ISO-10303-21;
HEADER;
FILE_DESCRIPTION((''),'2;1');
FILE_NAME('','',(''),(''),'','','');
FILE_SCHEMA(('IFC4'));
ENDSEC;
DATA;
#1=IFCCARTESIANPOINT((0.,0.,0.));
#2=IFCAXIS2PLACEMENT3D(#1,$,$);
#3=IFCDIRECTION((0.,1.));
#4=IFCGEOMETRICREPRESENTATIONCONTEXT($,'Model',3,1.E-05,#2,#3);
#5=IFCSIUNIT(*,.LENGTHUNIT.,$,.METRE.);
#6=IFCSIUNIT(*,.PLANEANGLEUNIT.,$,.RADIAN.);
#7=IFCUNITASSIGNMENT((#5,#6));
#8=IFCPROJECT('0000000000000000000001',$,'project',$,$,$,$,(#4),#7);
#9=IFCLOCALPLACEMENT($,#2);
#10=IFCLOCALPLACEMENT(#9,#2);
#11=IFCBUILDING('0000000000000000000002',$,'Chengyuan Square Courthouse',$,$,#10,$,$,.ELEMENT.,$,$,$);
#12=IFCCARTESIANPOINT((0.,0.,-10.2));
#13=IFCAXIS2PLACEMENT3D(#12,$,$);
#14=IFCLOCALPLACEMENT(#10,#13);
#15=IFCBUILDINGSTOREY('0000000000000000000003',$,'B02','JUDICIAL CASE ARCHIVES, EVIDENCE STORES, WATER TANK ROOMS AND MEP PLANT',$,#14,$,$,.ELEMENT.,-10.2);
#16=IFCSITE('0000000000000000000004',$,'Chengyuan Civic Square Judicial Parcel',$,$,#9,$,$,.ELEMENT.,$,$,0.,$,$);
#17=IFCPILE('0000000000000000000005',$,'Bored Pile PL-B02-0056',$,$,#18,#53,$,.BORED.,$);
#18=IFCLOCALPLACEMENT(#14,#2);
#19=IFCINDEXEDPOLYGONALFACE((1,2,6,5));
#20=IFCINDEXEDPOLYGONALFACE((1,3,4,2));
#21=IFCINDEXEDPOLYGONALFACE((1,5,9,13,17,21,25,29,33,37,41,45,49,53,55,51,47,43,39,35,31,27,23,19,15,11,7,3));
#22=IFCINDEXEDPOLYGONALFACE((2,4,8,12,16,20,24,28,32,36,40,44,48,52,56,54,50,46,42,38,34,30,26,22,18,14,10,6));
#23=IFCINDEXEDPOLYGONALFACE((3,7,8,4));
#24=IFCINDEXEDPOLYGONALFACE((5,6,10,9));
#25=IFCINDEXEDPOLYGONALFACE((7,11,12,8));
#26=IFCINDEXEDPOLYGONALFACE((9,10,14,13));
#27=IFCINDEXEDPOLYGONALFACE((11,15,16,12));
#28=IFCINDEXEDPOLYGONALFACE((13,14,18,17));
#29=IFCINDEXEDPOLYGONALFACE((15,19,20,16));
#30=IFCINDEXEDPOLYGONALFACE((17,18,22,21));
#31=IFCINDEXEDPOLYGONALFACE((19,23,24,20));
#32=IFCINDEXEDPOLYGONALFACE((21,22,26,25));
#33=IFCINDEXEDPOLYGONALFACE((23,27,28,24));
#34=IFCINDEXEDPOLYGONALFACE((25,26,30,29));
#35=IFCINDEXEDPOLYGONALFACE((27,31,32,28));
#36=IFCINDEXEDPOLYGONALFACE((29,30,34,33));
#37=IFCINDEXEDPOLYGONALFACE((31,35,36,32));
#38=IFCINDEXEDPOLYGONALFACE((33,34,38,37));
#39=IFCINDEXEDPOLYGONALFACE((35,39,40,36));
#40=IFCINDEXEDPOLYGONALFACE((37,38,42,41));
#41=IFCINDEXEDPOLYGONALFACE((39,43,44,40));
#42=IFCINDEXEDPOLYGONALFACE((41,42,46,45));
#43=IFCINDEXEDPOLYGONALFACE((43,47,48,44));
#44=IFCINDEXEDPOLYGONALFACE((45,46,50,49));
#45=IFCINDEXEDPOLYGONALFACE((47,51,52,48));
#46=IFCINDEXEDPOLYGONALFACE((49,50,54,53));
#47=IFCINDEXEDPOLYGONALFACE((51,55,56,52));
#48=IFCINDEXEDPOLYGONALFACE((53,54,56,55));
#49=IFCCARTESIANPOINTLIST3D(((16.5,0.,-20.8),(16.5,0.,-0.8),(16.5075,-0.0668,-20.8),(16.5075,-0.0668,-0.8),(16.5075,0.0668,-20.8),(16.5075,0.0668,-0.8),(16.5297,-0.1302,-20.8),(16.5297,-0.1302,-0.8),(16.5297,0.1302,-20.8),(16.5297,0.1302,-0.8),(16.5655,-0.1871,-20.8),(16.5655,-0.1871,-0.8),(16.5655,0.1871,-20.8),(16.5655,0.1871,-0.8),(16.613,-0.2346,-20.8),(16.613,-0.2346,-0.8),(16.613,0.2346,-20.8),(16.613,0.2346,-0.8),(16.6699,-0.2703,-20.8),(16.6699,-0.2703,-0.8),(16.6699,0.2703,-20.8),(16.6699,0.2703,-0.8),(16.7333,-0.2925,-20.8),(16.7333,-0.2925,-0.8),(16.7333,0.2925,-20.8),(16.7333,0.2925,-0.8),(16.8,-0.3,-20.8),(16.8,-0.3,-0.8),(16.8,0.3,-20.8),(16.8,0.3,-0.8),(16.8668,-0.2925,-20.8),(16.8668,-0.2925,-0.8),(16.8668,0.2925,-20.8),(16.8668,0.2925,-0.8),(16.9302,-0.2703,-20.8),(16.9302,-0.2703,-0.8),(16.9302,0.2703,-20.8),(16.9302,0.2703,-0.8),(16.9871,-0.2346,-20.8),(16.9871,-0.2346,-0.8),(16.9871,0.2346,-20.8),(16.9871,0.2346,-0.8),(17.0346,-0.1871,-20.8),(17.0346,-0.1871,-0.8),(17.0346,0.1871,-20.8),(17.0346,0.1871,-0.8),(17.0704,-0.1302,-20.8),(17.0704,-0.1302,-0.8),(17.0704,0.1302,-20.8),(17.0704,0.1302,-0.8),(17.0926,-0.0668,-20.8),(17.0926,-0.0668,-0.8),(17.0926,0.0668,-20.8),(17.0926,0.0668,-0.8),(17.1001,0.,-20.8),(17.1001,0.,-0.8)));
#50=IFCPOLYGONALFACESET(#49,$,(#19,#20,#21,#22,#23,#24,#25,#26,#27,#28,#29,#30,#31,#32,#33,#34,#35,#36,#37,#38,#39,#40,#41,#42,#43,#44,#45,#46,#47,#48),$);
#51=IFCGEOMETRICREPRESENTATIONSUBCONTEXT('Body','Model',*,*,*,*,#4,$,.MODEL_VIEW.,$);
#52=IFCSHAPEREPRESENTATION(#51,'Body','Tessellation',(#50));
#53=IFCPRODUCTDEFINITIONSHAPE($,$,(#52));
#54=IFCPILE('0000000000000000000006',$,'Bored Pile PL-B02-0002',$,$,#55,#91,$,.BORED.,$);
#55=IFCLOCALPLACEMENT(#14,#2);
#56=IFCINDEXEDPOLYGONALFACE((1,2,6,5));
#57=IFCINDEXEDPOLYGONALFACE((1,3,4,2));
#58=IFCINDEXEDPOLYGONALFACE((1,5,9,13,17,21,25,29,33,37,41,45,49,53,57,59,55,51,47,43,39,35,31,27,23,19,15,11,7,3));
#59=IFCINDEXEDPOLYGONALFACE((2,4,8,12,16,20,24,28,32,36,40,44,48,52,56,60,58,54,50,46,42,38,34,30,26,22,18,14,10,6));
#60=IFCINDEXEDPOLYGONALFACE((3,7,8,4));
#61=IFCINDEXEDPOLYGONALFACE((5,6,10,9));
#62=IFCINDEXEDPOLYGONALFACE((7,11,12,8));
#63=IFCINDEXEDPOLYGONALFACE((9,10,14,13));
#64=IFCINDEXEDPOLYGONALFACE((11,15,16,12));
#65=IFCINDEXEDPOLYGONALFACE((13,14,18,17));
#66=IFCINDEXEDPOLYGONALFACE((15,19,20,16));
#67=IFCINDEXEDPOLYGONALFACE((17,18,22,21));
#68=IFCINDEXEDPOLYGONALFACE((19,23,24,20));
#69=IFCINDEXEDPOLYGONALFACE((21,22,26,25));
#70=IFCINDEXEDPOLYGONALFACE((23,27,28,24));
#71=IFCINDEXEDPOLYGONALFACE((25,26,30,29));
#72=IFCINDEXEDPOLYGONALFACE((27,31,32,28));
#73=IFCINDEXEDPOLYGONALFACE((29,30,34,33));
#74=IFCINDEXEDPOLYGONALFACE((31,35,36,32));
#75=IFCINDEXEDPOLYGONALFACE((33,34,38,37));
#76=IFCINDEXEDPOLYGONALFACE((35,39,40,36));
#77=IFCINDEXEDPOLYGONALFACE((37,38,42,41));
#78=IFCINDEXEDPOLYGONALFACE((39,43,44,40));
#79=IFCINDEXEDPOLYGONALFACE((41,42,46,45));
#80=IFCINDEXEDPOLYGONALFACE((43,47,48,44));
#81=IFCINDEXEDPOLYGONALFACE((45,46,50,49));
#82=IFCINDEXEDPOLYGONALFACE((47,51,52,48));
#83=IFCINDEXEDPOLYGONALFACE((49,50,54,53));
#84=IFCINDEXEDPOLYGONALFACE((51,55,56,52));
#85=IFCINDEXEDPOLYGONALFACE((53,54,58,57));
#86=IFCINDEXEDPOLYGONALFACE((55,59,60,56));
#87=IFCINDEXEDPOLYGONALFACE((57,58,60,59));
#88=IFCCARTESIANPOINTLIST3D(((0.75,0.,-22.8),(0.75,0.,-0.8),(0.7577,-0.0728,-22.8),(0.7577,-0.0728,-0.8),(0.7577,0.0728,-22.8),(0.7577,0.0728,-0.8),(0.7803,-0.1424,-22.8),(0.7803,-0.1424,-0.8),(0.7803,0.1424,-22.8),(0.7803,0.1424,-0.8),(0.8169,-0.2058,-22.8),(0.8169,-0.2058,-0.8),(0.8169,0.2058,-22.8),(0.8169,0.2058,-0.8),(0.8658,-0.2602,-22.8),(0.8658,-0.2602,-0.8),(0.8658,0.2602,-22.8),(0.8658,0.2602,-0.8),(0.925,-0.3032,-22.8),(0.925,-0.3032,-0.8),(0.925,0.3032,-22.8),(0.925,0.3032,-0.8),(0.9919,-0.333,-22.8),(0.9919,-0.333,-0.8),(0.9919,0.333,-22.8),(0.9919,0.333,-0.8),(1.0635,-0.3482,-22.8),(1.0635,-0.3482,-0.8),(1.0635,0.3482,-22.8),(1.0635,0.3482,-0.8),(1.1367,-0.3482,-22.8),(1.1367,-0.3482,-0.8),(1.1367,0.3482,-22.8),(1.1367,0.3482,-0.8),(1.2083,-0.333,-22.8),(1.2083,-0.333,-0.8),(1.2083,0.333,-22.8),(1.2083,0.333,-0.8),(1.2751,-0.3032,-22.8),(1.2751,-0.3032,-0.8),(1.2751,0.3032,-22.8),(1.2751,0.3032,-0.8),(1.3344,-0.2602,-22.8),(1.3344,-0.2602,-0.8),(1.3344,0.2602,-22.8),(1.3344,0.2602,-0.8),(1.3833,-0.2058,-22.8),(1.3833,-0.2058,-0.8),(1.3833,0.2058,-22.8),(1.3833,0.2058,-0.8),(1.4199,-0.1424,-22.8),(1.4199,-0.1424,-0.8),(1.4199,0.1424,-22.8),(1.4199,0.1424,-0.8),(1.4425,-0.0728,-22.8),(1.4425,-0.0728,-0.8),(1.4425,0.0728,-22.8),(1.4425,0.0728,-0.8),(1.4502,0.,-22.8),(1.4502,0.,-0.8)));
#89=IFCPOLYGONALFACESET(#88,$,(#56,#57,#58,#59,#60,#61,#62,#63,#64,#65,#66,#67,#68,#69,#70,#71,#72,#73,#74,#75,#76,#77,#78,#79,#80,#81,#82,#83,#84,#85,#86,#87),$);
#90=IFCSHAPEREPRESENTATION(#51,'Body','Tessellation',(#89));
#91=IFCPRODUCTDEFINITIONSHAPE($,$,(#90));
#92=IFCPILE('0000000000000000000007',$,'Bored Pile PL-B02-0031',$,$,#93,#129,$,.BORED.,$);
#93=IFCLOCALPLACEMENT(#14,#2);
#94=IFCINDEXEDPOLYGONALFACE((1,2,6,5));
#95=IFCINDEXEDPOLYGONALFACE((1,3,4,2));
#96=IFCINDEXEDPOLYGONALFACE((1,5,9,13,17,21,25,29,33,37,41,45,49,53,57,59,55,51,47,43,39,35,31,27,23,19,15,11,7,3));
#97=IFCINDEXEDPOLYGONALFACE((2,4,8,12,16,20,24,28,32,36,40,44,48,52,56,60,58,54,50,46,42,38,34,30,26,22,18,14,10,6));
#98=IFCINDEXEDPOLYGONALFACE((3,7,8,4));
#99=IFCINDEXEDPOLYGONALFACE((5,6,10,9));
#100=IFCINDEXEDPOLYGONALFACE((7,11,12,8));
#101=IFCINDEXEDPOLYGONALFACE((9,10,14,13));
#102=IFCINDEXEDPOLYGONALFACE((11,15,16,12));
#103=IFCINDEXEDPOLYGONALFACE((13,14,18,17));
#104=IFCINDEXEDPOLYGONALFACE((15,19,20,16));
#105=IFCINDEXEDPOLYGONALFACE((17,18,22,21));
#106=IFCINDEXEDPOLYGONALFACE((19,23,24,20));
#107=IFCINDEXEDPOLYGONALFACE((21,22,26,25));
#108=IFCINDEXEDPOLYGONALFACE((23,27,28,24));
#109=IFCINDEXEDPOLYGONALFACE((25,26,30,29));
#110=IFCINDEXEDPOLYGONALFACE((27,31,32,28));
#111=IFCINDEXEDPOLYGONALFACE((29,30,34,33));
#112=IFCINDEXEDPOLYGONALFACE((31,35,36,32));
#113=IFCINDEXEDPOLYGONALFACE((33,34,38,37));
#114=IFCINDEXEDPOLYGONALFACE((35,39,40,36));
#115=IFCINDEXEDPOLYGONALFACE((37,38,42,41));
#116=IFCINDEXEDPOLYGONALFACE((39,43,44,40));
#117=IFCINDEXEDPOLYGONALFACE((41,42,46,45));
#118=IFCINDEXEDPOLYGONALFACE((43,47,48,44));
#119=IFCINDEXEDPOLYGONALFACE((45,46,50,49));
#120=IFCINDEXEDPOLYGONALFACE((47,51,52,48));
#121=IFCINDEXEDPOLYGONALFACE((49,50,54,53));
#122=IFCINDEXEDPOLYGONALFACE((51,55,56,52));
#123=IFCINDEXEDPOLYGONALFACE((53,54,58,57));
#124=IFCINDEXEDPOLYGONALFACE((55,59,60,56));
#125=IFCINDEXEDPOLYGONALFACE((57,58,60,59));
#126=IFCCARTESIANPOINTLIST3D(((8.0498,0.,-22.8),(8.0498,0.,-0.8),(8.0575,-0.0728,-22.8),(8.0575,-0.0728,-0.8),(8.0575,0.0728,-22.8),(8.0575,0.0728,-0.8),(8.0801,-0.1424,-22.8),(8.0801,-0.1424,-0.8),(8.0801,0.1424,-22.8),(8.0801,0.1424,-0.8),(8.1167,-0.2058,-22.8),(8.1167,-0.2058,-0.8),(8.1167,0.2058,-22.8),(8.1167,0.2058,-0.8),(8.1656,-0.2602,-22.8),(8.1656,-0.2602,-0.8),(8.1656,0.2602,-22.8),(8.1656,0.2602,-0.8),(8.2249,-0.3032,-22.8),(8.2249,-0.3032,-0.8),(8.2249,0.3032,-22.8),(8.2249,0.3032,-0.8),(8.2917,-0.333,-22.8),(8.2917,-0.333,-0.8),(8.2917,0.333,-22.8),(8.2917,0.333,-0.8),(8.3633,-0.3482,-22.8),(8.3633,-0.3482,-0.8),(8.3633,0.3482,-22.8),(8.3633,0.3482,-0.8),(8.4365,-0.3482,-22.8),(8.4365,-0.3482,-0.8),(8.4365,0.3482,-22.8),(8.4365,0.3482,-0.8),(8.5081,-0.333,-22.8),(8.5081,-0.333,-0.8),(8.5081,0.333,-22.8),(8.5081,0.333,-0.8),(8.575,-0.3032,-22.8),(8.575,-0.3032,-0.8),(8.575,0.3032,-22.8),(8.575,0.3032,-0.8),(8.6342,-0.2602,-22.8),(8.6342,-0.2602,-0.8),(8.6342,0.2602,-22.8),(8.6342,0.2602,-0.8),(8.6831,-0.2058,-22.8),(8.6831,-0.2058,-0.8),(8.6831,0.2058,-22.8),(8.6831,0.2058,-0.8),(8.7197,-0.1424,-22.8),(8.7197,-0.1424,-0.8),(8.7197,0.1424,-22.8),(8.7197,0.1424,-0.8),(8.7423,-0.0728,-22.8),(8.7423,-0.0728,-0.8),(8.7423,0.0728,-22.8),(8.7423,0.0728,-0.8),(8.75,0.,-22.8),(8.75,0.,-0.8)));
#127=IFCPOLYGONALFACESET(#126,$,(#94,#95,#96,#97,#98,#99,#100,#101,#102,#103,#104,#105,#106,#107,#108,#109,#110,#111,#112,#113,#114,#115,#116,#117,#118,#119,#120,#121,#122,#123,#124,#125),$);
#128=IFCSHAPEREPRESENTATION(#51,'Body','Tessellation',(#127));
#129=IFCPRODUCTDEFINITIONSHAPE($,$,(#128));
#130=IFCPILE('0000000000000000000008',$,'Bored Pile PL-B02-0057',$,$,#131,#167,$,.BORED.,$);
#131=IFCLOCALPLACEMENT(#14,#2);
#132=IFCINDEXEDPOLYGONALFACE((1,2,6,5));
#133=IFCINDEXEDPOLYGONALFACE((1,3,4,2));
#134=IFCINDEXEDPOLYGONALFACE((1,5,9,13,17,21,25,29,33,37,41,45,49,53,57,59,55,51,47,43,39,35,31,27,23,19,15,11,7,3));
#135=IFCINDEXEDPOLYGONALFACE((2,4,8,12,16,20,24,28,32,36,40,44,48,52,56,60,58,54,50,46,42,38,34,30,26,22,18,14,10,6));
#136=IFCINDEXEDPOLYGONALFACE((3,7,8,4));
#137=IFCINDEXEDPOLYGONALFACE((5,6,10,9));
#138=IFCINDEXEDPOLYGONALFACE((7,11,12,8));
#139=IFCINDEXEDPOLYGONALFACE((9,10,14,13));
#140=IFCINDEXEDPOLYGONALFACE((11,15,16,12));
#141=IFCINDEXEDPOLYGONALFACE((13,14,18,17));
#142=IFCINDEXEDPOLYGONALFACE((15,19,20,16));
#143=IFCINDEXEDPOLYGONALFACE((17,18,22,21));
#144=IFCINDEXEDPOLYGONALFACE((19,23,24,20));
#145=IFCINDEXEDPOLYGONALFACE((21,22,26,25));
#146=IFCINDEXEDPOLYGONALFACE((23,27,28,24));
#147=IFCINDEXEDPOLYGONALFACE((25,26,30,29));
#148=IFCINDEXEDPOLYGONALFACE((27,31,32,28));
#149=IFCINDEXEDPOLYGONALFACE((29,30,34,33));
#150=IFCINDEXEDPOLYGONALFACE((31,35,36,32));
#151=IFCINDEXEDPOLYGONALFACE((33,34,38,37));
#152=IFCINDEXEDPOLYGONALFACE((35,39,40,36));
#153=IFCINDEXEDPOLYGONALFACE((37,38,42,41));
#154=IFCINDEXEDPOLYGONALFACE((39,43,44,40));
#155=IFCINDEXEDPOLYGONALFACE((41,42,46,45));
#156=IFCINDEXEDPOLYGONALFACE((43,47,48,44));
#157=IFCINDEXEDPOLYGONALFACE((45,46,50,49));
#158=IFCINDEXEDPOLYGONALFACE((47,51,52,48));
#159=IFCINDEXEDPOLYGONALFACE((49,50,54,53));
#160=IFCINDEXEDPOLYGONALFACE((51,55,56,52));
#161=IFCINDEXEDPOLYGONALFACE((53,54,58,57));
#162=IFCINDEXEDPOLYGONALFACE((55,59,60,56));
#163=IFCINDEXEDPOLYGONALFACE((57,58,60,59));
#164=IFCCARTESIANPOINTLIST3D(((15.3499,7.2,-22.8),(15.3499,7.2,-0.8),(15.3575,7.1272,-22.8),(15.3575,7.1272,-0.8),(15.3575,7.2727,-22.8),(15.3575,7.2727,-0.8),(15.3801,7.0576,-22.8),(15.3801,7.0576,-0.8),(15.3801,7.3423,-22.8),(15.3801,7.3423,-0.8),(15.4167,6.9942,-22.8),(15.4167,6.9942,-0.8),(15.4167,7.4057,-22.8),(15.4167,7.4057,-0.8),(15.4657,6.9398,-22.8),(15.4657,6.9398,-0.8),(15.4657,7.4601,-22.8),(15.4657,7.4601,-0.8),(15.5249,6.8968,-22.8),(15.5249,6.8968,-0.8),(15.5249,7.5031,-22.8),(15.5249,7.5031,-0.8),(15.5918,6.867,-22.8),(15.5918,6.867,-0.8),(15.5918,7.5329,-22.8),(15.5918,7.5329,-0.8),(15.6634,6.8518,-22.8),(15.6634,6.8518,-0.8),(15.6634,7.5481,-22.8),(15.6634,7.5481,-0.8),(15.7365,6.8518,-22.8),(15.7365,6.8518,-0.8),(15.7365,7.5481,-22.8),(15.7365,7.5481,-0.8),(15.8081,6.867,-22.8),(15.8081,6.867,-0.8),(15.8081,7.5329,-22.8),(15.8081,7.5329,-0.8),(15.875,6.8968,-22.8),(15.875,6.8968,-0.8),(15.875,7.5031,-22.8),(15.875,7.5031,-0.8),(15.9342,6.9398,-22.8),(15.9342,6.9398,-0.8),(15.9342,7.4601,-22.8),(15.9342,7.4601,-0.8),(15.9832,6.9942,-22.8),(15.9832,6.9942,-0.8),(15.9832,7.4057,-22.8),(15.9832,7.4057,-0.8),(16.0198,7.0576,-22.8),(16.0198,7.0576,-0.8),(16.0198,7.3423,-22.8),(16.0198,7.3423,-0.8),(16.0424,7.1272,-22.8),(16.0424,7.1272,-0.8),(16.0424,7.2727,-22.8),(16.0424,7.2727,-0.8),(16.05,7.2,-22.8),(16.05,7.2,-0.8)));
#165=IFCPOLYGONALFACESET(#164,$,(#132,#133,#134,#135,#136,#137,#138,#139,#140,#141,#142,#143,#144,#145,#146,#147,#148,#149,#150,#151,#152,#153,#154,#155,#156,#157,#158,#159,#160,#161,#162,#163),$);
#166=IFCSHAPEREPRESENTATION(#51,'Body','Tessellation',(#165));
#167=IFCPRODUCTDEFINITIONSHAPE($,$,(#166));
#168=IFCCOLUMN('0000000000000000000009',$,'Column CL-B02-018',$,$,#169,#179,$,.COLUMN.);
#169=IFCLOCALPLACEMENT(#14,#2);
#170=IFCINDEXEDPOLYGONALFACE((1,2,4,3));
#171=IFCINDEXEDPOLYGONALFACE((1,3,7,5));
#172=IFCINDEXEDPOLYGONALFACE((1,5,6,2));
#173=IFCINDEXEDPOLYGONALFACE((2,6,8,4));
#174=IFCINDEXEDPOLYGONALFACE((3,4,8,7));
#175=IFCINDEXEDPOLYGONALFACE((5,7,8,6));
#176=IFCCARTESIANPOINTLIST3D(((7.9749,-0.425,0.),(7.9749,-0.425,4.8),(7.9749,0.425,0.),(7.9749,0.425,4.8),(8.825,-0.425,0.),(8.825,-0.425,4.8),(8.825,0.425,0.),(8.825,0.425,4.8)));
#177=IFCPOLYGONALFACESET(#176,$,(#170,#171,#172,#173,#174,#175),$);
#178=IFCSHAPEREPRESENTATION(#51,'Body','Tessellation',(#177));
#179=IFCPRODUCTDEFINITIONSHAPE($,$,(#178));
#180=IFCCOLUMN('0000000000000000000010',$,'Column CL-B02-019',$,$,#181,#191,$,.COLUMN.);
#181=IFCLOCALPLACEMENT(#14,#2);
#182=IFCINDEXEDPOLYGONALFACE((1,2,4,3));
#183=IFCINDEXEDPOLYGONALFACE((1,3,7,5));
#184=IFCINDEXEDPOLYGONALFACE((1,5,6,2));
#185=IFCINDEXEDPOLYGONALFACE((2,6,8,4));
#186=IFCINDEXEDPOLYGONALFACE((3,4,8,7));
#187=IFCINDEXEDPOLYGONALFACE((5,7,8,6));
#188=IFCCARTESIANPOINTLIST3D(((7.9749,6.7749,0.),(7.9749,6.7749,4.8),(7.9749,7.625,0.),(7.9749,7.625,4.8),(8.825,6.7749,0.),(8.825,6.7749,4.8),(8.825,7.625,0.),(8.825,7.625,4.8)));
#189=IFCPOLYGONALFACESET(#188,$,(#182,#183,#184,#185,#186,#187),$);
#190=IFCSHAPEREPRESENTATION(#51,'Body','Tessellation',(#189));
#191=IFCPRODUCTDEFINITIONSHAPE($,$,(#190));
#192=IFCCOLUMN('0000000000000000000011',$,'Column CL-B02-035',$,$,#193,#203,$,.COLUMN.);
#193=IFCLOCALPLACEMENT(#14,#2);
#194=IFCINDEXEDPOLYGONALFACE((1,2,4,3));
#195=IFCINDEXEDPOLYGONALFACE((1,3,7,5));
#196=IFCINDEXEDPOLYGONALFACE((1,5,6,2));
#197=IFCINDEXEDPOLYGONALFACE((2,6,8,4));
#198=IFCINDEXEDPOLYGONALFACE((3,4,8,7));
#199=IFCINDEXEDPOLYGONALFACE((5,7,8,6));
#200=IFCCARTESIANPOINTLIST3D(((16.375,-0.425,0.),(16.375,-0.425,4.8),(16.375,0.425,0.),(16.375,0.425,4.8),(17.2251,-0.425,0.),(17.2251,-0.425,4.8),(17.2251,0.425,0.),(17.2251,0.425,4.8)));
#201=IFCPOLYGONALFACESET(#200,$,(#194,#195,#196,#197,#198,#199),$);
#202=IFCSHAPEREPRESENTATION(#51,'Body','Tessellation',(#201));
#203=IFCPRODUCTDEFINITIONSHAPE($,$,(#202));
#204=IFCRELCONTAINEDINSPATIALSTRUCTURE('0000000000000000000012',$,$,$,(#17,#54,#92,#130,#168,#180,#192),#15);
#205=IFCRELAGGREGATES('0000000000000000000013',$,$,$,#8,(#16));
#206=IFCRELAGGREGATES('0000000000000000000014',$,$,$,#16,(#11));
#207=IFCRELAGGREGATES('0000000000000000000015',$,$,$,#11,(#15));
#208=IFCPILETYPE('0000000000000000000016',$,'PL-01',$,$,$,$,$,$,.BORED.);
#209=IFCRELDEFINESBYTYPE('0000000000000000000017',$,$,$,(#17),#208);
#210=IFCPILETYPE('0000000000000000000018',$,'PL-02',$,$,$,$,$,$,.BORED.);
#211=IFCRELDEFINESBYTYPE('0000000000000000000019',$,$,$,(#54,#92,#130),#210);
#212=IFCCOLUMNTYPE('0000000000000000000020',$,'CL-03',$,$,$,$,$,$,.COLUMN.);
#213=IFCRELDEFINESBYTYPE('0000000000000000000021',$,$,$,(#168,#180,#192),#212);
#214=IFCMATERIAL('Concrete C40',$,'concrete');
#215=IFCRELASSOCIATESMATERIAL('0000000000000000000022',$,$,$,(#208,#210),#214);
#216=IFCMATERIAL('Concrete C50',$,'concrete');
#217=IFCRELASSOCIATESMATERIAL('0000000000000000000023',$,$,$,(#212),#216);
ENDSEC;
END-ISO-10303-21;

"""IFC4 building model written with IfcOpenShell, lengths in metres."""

from ifc_helpers import new_model, si_unit, direction, frame, origin, origin_2d, place, context, subcontext, project, spatial, rectangle, circle, extrude, material, material_profile, profile_set, type_object, element, save


model = new_model("IFC4")

# Units and contexts
model_context = context("Model", 3, precision=1e-05, world=origin(), true_north=direction((0.0, 1.0)))
body_context = subcontext(model_context, "Body", "Model", "MODEL_VIEW")
ifc_project = project(units=[si_unit("LENGTHUNIT", "METRE"), si_unit("PLANEANGLEUNIT", "RADIAN")], contexts=[model_context])

# Site, building, storey
site_placement = place(None, origin())
site = spatial("IfcSite", under=ifc_project, at=site_placement, Name="Chengyuan Civic Square Judicial Parcel", CompositionType="ELEMENT", RefElevation=0.0)
building_placement = place(site_placement, origin())
building = spatial("IfcBuilding", under=site, at=building_placement, Name="Chengyuan Square Courthouse", CompositionType="ELEMENT")
storey_placement = place(building_placement, frame((0.0, 0.0, -10.2)))
storey = spatial("IfcBuildingStorey", under=building, at=storey_placement, Name="B02", Description="JUDICIAL CASE ARCHIVES, EVIDENCE STORES, WATER TANK ROOMS AND MEP PLANT", CompositionType="ELEMENT", Elevation=-10.2)

# Shared definitions
ifc_material_1 = material(Name="Concrete C40", Category="concrete")

# Piles
ifc_material_profile_1 = material_profile(ifc_material_1, circle(Radius=0.3, at=origin_2d()), Name="BORED PILE D600")
ifc_profile_set_1 = profile_set([ifc_material_profile_1], Name="Concrete C40")
pile_type_1 = type_object("IfcPileType", Name="PL-01", PredefinedType="BORED", material=ifc_profile_set_1)
for number, where, z_axis, x_axis, name in (
    (1, (16.8, 0.0, -0.8), (0.0, 0.0, -1.0), (1.0, 0.0, 0.0), "Bored Pile PL-B02-0056"),
):
    element("IfcPile", number, at=place(storey_placement, frame(where, z_axis=z_axis, x_axis=x_axis)), inside=storey, type_object=pile_type_1, Name=name, PredefinedType="BORED", context=body_context, shape_type="SweptSolid", body=[
        extrude(circle(Radius=0.3, at=origin_2d()), origin(), (0.0, 0.0, 1.0), 20.0),
    ])
ifc_material_profile_2 = material_profile(ifc_material_1, circle(Radius=0.3501, at=origin_2d()), Name="BORED PILE D700")
ifc_profile_set_2 = profile_set([ifc_material_profile_2], Name="Concrete C40")
pile_type_2 = type_object("IfcPileType", Name="PL-02", PredefinedType="BORED", material=ifc_profile_set_2)
for number, where, z_axis, x_axis, name in (
    (2, (1.1001, 0.0, -0.8), (0.0, 0.0, -1.0), (1.0, 0.0, 0.0), "Bored Pile PL-B02-0002"),
    (3, (8.3999, 0.0, -0.8), (0.0, 0.0, -1.0), (1.0, 0.0, 0.0), "Bored Pile PL-B02-0031"),
    (4, (15.7, 7.2, -0.8), (0.0, 0.0, -1.0), (1.0, 0.0, 0.0), "Bored Pile PL-B02-0057"),
):
    element("IfcPile", number, at=place(storey_placement, frame(where, z_axis=z_axis, x_axis=x_axis)), inside=storey, type_object=pile_type_2, Name=name, PredefinedType="BORED", context=body_context, shape_type="SweptSolid", body=[
        extrude(circle(Radius=0.3501, at=origin_2d()), origin(), (0.0, 0.0, 1.0), 22.0),
    ])

# Columns
ifc_material_2 = material(Name="Concrete C50", Category="concrete")
ifc_material_profile_3 = material_profile(ifc_material_2, rectangle(XDim=0.8501, YDim=0.8501, at=origin_2d()), Name="RC-COL-850x850")
ifc_profile_set_3 = profile_set([ifc_material_profile_3], Name="Concrete C50")
column_type = type_object("IfcColumnType", Name="CL-03", PredefinedType="COLUMN", material=ifc_profile_set_3)
for number, where, z_axis, x_axis, name in (
    (5, (8.3999, 0.0, 0.0), (0.0, 0.0, 1.0), (1.0, 0.0, 0.0), "Column CL-B02-018"),
    (6, (8.3999, 7.2, 0.0), (0.0, 0.0, 1.0), (1.0, 0.0, 0.0), "Column CL-B02-019"),
    (7, (16.8, 0.0, 0.0), (0.0, 0.0, 1.0), (1.0, 0.0, 0.0), "Column CL-B02-035"),
):
    element("IfcColumn", number, at=place(storey_placement, frame(where, z_axis=z_axis, x_axis=x_axis)), inside=storey, type_object=column_type, Name=name, PredefinedType="COLUMN", context=body_context, shape_type="SweptSolid", body=[
        extrude(rectangle(XDim=0.8501, YDim=0.8501, at=origin_2d()), origin(), (0.0, 0.0, 1.0), 4.8),
    ])

save(model, "model.ifc")
